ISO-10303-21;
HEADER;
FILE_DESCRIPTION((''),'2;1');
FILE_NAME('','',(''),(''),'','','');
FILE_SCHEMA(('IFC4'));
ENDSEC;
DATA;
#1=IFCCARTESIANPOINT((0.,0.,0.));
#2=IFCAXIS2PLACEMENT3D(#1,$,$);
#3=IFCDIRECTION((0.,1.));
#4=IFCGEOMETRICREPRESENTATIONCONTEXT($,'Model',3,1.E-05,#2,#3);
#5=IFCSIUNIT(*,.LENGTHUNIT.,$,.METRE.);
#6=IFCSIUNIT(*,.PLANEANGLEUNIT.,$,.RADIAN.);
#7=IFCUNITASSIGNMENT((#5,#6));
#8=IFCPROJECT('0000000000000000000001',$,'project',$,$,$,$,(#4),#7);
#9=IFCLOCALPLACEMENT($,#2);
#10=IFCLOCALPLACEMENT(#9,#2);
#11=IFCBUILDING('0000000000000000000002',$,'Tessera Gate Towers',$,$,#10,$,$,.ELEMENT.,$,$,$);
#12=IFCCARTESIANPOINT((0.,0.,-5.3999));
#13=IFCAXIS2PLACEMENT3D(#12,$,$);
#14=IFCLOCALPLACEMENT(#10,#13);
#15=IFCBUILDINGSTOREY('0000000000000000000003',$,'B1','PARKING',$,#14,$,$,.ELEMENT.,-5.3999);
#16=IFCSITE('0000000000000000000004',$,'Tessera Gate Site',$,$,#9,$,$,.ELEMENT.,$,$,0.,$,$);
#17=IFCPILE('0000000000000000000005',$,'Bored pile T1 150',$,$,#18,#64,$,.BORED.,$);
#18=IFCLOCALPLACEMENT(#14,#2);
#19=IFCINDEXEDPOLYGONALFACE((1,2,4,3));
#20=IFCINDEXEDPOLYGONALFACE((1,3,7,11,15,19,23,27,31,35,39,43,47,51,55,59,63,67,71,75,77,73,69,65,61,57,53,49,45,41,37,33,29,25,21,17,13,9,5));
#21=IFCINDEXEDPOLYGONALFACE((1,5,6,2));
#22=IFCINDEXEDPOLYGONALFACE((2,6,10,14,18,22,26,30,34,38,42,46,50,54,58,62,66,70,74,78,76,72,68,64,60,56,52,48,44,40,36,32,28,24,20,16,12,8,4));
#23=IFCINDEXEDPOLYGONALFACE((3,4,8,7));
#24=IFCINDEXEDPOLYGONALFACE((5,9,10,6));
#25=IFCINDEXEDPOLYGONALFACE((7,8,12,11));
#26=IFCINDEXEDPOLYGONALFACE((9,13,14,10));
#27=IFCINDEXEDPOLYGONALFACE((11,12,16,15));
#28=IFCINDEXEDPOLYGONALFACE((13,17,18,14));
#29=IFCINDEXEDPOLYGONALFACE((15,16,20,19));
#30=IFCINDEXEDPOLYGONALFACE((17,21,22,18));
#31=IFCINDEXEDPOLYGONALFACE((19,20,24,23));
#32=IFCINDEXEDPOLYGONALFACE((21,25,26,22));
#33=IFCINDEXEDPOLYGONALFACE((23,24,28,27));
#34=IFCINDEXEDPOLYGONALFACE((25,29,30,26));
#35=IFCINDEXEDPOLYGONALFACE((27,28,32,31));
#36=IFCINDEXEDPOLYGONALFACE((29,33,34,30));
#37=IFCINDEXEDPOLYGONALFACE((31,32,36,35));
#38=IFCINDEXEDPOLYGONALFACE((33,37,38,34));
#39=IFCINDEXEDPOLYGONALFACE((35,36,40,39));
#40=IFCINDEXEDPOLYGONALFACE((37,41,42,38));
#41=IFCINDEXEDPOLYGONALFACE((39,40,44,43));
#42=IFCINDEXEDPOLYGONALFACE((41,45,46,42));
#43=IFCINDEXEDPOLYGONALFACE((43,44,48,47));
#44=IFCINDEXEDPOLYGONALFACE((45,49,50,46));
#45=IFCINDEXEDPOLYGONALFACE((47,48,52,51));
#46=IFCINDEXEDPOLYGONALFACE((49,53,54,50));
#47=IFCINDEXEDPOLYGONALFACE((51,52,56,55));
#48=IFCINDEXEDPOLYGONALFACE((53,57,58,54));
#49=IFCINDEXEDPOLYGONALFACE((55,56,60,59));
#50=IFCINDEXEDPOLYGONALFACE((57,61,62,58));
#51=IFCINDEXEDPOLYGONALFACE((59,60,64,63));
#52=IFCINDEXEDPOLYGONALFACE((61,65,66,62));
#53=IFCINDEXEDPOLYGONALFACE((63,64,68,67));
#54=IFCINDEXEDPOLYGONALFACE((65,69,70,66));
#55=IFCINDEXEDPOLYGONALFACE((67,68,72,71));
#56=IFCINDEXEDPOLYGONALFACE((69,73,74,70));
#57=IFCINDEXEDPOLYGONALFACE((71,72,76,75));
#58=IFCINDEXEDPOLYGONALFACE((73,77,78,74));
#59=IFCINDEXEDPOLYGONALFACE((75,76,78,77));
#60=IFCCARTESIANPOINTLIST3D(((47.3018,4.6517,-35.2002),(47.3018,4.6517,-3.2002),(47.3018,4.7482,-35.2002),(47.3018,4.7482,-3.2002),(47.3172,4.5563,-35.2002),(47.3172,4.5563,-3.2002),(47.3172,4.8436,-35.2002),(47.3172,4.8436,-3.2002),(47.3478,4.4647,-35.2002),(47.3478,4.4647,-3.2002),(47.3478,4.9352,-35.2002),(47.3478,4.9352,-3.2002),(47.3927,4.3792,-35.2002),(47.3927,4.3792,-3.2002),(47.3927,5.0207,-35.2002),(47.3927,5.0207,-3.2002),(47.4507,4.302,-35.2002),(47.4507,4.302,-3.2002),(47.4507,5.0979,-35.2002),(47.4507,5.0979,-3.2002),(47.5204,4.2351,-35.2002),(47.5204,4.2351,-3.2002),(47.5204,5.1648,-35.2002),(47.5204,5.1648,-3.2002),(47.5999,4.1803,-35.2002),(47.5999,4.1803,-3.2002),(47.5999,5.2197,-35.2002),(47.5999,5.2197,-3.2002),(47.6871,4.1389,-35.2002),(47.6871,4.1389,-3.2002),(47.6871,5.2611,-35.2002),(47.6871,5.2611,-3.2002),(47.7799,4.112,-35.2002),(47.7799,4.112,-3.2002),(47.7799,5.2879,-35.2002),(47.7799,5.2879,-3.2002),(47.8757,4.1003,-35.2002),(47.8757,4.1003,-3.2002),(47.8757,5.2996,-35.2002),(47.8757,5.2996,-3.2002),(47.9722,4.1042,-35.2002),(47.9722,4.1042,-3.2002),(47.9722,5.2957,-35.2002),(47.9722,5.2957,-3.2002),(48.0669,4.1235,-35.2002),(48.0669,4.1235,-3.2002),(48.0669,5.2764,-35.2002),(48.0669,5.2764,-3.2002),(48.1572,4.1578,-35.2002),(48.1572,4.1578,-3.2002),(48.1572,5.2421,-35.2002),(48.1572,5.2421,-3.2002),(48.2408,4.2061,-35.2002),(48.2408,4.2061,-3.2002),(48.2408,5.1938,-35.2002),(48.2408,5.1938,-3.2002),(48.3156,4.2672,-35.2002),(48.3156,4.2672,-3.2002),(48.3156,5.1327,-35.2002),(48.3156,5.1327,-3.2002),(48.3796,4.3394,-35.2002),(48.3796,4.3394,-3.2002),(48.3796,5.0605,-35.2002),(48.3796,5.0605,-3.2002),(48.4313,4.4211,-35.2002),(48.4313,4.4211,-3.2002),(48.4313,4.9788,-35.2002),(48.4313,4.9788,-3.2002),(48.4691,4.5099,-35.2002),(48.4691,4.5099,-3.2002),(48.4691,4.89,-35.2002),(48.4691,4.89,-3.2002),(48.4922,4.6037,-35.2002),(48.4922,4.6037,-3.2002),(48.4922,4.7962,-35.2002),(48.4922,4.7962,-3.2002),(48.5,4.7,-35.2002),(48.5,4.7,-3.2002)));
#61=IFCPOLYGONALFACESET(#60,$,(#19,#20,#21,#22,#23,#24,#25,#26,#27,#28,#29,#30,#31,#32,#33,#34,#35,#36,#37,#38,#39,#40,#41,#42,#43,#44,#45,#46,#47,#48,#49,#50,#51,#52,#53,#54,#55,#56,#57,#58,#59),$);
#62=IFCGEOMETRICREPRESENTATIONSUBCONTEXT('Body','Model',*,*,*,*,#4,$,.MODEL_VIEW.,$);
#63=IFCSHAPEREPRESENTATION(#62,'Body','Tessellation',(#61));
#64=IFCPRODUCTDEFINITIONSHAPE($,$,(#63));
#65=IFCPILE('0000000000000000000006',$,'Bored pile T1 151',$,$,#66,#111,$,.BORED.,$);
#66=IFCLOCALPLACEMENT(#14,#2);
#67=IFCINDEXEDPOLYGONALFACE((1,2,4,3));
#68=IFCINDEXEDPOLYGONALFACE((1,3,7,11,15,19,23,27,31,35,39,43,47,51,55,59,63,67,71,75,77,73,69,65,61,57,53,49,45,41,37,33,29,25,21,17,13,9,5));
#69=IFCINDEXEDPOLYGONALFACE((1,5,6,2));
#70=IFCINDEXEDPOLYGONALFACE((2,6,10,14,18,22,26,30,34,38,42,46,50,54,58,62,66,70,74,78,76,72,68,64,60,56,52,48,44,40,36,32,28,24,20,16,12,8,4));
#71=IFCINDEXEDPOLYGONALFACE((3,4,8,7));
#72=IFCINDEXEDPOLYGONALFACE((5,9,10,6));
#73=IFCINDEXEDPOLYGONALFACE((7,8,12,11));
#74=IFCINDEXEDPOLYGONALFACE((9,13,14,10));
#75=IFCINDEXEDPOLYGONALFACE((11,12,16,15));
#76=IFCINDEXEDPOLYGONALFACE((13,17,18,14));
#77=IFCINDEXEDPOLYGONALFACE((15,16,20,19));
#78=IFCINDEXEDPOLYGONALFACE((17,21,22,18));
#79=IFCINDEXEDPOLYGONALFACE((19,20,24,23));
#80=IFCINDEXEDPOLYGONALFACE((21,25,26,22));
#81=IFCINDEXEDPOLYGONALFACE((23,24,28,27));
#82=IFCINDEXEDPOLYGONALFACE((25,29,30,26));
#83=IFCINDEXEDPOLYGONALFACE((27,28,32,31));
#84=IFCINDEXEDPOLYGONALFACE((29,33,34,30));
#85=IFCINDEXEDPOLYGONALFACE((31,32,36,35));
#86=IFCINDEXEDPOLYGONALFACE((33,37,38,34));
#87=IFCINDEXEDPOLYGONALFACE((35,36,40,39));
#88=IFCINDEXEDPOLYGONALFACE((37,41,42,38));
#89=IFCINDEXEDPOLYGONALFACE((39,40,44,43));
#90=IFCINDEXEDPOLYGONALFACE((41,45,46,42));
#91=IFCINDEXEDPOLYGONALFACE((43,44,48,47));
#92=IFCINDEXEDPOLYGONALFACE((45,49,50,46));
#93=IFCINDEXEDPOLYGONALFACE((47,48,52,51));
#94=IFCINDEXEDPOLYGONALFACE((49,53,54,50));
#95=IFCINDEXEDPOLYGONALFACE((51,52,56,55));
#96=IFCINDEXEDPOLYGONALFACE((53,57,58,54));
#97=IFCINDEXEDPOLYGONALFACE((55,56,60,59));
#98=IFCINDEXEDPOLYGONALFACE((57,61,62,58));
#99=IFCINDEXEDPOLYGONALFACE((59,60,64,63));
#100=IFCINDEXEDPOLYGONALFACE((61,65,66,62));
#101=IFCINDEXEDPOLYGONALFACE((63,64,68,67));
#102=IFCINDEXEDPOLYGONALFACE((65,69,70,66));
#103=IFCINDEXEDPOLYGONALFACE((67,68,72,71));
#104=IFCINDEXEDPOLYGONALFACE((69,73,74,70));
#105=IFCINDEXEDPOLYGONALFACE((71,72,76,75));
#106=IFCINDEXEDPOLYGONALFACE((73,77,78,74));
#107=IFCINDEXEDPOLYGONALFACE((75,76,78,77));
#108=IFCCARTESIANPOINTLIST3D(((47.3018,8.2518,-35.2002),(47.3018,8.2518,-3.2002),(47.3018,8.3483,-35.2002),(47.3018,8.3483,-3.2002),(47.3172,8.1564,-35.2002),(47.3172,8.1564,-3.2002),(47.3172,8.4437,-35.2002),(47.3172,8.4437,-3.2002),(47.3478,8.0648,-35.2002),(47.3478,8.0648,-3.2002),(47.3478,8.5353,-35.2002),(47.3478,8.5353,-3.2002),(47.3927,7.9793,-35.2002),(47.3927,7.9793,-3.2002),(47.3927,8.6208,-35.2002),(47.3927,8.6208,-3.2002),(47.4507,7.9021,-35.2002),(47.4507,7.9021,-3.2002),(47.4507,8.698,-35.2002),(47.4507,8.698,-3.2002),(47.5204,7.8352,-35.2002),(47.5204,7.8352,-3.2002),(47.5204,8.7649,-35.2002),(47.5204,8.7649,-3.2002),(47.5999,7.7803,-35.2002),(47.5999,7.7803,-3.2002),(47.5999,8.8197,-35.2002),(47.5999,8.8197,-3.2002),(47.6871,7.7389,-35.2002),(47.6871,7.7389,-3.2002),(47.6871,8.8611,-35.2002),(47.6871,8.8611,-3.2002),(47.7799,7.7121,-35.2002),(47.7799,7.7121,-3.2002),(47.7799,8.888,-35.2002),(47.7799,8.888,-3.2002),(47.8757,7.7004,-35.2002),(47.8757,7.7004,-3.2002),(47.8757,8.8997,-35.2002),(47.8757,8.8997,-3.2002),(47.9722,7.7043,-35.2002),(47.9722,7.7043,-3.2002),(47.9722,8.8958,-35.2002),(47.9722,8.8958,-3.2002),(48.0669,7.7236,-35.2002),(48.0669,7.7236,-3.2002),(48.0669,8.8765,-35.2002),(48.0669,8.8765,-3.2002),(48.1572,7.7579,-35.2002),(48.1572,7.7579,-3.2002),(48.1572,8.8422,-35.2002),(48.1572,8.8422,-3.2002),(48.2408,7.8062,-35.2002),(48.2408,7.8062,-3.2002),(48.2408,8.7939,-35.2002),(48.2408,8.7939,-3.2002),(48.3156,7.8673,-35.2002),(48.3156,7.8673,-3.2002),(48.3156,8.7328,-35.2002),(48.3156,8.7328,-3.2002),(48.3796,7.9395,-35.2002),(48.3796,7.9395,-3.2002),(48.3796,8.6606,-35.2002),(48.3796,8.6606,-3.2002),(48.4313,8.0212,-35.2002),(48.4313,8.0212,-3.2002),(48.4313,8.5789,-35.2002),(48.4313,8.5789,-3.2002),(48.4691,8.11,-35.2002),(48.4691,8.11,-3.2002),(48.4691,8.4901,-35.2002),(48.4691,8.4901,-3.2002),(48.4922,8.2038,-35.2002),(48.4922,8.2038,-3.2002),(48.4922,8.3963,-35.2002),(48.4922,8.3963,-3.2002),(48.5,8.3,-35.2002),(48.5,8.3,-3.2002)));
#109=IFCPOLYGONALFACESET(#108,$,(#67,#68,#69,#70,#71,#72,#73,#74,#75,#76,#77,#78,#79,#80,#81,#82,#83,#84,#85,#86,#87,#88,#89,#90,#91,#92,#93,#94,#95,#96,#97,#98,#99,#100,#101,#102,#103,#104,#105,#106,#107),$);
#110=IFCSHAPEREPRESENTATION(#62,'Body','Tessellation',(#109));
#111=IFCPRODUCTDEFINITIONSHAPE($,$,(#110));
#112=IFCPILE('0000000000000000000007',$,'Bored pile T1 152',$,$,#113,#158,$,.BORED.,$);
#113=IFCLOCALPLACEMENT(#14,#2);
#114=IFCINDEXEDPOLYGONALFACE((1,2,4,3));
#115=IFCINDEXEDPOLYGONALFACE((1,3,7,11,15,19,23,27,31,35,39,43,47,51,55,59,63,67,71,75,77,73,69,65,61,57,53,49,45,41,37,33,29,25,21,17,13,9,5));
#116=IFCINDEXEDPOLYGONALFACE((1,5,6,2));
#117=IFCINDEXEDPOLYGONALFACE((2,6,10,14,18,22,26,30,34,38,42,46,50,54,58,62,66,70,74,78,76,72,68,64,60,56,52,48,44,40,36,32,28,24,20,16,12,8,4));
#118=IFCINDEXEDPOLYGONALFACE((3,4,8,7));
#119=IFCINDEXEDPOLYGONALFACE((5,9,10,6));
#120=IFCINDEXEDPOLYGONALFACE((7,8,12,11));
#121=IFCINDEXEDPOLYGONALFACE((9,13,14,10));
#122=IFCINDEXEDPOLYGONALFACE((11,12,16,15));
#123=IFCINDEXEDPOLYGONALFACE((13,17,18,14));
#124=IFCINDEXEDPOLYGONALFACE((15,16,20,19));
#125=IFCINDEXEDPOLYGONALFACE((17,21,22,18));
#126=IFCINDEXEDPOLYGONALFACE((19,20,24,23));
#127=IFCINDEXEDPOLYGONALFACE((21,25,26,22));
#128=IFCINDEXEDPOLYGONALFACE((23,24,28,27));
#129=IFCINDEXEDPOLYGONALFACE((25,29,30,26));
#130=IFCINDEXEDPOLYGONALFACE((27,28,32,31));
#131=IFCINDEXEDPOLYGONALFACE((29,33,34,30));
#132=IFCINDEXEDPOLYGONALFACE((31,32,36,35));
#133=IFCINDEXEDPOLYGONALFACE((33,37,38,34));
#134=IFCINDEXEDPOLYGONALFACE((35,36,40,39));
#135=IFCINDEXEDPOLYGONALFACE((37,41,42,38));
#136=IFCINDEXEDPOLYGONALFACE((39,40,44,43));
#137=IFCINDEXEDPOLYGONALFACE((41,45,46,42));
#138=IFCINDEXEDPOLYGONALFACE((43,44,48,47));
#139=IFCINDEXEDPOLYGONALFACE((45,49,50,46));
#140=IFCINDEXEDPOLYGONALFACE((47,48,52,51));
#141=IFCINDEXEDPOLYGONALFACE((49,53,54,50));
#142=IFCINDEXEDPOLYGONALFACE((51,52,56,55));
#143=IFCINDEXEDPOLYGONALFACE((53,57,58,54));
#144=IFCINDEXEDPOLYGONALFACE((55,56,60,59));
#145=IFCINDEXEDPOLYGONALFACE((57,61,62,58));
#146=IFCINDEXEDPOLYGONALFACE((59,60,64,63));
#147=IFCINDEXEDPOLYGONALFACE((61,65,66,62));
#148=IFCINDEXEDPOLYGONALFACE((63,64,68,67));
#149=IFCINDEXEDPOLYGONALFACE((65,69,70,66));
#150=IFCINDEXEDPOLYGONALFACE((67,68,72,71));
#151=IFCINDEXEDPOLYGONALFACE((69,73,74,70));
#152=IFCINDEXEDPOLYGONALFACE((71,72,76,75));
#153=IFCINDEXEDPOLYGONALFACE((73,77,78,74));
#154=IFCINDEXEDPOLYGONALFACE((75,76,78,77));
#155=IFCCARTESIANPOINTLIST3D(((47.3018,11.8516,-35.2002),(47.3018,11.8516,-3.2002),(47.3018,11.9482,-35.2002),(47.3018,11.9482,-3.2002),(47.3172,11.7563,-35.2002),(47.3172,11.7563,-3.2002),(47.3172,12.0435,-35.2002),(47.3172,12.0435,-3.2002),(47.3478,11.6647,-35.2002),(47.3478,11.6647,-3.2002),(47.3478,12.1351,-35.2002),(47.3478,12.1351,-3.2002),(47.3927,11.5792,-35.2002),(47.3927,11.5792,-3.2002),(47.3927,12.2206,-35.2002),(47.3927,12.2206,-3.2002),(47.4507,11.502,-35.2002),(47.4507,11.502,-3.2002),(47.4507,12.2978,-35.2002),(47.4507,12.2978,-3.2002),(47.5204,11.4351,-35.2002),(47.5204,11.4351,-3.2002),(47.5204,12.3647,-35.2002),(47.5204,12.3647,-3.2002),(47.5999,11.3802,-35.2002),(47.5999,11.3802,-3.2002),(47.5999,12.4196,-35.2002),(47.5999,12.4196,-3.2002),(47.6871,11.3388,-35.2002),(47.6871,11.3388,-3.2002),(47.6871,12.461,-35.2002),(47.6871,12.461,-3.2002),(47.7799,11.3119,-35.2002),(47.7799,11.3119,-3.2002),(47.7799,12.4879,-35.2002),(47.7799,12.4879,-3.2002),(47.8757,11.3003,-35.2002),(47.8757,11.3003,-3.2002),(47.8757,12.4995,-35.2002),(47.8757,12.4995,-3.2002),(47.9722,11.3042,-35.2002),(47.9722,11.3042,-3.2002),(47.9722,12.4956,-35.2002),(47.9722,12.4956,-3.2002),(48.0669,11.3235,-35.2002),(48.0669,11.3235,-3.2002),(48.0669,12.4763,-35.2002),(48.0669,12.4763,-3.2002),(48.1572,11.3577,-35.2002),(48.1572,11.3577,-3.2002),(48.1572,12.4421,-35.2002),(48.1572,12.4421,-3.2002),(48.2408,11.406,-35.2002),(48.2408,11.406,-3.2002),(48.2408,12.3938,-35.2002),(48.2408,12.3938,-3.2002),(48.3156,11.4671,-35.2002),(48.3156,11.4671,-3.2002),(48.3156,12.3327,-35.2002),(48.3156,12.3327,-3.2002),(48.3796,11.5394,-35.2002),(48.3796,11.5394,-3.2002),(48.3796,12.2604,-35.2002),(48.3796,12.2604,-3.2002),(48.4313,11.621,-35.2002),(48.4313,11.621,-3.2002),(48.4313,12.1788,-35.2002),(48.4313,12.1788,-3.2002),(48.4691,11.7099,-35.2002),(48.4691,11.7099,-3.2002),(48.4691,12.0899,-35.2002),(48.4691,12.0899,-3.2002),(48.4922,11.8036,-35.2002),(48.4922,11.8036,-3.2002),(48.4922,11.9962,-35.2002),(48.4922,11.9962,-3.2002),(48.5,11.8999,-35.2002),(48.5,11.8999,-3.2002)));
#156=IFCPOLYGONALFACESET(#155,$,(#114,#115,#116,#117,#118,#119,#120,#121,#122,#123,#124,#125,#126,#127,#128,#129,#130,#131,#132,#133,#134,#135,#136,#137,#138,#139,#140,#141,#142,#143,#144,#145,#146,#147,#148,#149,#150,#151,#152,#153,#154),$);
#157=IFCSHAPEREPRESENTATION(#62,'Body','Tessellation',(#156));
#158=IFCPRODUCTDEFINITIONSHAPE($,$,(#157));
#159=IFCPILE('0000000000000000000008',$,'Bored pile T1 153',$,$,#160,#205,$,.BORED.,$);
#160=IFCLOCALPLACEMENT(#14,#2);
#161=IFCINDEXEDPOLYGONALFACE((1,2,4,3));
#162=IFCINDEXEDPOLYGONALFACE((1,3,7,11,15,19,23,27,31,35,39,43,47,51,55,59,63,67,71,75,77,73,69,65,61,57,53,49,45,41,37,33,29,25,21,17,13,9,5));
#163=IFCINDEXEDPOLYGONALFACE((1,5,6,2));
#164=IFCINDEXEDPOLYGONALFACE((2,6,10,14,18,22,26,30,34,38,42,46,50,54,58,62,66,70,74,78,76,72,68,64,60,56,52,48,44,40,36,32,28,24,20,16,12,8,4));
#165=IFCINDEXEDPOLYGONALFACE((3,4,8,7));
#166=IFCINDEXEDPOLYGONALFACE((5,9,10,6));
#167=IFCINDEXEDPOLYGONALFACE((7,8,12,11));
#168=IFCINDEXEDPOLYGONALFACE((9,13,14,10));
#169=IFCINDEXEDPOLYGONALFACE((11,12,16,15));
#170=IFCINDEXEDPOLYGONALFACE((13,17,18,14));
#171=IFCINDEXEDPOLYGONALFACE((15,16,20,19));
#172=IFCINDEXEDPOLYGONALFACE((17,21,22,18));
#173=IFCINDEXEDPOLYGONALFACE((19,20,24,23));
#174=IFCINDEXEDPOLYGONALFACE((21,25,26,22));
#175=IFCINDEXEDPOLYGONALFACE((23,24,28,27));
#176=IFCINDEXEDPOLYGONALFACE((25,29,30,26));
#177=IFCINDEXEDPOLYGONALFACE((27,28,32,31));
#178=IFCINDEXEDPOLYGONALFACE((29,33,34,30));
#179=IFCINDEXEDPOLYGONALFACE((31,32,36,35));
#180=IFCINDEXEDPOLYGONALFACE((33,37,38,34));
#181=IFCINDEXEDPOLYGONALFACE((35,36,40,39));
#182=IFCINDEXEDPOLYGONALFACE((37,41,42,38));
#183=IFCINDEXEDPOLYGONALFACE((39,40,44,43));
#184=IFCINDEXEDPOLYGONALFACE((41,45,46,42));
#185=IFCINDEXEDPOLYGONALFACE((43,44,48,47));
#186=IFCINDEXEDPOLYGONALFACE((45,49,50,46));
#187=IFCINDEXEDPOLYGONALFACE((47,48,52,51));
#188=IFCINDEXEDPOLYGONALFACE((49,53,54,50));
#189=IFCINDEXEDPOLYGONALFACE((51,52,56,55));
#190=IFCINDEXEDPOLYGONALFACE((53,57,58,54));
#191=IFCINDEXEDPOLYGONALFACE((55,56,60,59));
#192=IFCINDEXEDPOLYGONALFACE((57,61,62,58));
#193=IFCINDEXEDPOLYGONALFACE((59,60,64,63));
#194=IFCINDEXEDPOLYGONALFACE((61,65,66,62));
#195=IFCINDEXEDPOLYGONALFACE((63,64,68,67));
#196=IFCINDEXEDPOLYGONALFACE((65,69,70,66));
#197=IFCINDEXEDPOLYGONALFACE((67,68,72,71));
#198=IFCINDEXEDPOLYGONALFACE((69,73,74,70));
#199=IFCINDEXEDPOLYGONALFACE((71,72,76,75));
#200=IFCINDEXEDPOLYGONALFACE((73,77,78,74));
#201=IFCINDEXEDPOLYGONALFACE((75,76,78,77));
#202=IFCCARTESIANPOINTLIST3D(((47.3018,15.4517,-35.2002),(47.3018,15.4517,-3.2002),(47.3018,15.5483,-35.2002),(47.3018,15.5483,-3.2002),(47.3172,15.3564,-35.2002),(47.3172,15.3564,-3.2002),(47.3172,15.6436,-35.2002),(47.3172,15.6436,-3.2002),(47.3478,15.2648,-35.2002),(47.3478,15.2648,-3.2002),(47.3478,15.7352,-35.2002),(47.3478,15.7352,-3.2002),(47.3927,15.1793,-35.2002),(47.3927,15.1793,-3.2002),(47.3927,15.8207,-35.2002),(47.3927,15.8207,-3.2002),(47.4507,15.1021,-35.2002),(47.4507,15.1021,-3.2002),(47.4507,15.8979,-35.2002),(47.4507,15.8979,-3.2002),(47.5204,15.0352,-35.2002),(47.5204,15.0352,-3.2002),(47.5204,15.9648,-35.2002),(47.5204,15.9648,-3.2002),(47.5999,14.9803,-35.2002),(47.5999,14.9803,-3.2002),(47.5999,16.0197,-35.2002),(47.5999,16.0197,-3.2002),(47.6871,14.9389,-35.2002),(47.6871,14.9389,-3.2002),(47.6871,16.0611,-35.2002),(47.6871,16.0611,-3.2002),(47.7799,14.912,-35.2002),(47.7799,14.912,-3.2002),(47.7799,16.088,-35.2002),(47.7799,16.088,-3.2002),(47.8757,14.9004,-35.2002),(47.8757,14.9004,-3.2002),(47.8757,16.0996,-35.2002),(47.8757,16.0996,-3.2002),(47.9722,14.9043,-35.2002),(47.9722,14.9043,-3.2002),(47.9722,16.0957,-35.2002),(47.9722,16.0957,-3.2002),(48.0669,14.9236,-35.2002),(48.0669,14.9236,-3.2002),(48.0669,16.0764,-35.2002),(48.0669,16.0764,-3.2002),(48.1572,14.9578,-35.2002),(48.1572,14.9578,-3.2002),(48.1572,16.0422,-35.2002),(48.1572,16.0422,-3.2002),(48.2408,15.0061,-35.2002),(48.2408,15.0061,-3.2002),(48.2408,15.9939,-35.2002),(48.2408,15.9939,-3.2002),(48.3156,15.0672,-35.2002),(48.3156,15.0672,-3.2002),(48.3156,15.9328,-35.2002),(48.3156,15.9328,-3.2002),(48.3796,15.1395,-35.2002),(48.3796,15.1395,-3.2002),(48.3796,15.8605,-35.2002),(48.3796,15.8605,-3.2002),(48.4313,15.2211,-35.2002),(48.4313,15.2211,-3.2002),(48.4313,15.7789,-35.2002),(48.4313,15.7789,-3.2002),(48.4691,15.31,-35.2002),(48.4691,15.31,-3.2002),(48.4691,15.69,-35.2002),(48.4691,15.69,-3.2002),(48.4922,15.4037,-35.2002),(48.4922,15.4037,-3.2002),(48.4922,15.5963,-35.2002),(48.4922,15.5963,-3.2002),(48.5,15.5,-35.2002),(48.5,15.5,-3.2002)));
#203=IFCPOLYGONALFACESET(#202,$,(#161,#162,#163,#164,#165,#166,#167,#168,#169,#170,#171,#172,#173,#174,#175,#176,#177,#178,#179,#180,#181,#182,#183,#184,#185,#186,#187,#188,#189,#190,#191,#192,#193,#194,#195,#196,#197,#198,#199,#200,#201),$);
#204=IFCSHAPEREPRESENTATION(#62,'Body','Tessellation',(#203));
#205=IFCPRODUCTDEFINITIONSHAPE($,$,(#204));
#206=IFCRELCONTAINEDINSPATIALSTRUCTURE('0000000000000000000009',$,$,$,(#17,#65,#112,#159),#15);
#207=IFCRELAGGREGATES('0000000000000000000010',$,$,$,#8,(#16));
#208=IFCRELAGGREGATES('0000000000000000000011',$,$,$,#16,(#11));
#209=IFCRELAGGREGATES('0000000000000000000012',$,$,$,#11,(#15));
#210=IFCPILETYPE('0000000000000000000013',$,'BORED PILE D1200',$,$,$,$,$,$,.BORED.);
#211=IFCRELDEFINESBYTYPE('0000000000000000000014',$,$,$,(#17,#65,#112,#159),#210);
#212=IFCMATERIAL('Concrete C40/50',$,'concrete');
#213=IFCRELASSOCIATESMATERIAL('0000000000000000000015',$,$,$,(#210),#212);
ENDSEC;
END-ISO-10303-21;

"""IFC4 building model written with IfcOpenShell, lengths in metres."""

from ifc_helpers import new_model, si_unit, direction, frame, origin, origin_2d, place, context, subcontext, project, spatial, circle, extrude, material, material_profile, profile_set, type_object, element, save


model = new_model("IFC4")

# Units and contexts
model_context = context("Model", 3, precision=1e-05, world=origin(), true_north=direction((0.0, 1.0)))
body_context = subcontext(model_context, "Body", "Model", "MODEL_VIEW")
ifc_project = project(units=[si_unit("LENGTHUNIT", "METRE"), si_unit("PLANEANGLEUNIT", "RADIAN")], contexts=[model_context])

# Site, building, storey
site_placement = place(None, origin())
site = spatial("IfcSite", under=ifc_project, at=site_placement, Name="Tessera Gate Site", CompositionType="ELEMENT", RefElevation=0.0)
building_placement = place(site_placement, origin())
building = spatial("IfcBuilding", under=site, at=building_placement, Name="Tessera Gate Towers", CompositionType="ELEMENT")
storey_placement = place(building_placement, frame((0.0, 0.0, -5.3999)))
storey = spatial("IfcBuildingStorey", under=building, at=storey_placement, Name="B1", Description="PARKING", CompositionType="ELEMENT", Elevation=-5.3999)

# Piles
ifc_material_1 = material(Name="Concrete C40/50", Category="concrete")
ifc_material_profile_1 = material_profile(ifc_material_1, circle(Radius=0.6001, at=origin_2d()), Name="BORED PILE D1200")
ifc_profile_set_1 = profile_set([ifc_material_profile_1], Name="Concrete C40/50")
pile_type = type_object("IfcPileType", Name="BORED PILE D1200", PredefinedType="BORED", material=ifc_profile_set_1)
for number, where, z_axis, x_axis, name in (
    (1, (47.8999, 4.7, -3.2002), (0.0, 0.0, -1.0), (1.0, 0.0, 0.0), "Bored pile T1 150"),
    (2, (47.8999, 8.3, -3.2002), (0.0, 0.0, -1.0), (1.0, 0.0, 0.0), "Bored pile T1 151"),
    (3, (47.8999, 11.8999, -3.2002), (0.0, 0.0, -1.0), (1.0, 0.0, 0.0), "Bored pile T1 152"),
    (4, (47.8999, 15.5, -3.2002), (0.0, 0.0, -1.0), (1.0, 0.0, 0.0), "Bored pile T1 153"),
):
    element("IfcPile", number, at=place(storey_placement, frame(where, z_axis=z_axis, x_axis=x_axis)), inside=storey, type_object=pile_type, Name=name, PredefinedType="BORED", context=body_context, shape_type="SweptSolid", body=[
        extrude(circle(Radius=0.6001, at=origin_2d()), origin(), (0.0, 0.0, 1.0), 32.0),
    ])

save(model, "model.ifc")
